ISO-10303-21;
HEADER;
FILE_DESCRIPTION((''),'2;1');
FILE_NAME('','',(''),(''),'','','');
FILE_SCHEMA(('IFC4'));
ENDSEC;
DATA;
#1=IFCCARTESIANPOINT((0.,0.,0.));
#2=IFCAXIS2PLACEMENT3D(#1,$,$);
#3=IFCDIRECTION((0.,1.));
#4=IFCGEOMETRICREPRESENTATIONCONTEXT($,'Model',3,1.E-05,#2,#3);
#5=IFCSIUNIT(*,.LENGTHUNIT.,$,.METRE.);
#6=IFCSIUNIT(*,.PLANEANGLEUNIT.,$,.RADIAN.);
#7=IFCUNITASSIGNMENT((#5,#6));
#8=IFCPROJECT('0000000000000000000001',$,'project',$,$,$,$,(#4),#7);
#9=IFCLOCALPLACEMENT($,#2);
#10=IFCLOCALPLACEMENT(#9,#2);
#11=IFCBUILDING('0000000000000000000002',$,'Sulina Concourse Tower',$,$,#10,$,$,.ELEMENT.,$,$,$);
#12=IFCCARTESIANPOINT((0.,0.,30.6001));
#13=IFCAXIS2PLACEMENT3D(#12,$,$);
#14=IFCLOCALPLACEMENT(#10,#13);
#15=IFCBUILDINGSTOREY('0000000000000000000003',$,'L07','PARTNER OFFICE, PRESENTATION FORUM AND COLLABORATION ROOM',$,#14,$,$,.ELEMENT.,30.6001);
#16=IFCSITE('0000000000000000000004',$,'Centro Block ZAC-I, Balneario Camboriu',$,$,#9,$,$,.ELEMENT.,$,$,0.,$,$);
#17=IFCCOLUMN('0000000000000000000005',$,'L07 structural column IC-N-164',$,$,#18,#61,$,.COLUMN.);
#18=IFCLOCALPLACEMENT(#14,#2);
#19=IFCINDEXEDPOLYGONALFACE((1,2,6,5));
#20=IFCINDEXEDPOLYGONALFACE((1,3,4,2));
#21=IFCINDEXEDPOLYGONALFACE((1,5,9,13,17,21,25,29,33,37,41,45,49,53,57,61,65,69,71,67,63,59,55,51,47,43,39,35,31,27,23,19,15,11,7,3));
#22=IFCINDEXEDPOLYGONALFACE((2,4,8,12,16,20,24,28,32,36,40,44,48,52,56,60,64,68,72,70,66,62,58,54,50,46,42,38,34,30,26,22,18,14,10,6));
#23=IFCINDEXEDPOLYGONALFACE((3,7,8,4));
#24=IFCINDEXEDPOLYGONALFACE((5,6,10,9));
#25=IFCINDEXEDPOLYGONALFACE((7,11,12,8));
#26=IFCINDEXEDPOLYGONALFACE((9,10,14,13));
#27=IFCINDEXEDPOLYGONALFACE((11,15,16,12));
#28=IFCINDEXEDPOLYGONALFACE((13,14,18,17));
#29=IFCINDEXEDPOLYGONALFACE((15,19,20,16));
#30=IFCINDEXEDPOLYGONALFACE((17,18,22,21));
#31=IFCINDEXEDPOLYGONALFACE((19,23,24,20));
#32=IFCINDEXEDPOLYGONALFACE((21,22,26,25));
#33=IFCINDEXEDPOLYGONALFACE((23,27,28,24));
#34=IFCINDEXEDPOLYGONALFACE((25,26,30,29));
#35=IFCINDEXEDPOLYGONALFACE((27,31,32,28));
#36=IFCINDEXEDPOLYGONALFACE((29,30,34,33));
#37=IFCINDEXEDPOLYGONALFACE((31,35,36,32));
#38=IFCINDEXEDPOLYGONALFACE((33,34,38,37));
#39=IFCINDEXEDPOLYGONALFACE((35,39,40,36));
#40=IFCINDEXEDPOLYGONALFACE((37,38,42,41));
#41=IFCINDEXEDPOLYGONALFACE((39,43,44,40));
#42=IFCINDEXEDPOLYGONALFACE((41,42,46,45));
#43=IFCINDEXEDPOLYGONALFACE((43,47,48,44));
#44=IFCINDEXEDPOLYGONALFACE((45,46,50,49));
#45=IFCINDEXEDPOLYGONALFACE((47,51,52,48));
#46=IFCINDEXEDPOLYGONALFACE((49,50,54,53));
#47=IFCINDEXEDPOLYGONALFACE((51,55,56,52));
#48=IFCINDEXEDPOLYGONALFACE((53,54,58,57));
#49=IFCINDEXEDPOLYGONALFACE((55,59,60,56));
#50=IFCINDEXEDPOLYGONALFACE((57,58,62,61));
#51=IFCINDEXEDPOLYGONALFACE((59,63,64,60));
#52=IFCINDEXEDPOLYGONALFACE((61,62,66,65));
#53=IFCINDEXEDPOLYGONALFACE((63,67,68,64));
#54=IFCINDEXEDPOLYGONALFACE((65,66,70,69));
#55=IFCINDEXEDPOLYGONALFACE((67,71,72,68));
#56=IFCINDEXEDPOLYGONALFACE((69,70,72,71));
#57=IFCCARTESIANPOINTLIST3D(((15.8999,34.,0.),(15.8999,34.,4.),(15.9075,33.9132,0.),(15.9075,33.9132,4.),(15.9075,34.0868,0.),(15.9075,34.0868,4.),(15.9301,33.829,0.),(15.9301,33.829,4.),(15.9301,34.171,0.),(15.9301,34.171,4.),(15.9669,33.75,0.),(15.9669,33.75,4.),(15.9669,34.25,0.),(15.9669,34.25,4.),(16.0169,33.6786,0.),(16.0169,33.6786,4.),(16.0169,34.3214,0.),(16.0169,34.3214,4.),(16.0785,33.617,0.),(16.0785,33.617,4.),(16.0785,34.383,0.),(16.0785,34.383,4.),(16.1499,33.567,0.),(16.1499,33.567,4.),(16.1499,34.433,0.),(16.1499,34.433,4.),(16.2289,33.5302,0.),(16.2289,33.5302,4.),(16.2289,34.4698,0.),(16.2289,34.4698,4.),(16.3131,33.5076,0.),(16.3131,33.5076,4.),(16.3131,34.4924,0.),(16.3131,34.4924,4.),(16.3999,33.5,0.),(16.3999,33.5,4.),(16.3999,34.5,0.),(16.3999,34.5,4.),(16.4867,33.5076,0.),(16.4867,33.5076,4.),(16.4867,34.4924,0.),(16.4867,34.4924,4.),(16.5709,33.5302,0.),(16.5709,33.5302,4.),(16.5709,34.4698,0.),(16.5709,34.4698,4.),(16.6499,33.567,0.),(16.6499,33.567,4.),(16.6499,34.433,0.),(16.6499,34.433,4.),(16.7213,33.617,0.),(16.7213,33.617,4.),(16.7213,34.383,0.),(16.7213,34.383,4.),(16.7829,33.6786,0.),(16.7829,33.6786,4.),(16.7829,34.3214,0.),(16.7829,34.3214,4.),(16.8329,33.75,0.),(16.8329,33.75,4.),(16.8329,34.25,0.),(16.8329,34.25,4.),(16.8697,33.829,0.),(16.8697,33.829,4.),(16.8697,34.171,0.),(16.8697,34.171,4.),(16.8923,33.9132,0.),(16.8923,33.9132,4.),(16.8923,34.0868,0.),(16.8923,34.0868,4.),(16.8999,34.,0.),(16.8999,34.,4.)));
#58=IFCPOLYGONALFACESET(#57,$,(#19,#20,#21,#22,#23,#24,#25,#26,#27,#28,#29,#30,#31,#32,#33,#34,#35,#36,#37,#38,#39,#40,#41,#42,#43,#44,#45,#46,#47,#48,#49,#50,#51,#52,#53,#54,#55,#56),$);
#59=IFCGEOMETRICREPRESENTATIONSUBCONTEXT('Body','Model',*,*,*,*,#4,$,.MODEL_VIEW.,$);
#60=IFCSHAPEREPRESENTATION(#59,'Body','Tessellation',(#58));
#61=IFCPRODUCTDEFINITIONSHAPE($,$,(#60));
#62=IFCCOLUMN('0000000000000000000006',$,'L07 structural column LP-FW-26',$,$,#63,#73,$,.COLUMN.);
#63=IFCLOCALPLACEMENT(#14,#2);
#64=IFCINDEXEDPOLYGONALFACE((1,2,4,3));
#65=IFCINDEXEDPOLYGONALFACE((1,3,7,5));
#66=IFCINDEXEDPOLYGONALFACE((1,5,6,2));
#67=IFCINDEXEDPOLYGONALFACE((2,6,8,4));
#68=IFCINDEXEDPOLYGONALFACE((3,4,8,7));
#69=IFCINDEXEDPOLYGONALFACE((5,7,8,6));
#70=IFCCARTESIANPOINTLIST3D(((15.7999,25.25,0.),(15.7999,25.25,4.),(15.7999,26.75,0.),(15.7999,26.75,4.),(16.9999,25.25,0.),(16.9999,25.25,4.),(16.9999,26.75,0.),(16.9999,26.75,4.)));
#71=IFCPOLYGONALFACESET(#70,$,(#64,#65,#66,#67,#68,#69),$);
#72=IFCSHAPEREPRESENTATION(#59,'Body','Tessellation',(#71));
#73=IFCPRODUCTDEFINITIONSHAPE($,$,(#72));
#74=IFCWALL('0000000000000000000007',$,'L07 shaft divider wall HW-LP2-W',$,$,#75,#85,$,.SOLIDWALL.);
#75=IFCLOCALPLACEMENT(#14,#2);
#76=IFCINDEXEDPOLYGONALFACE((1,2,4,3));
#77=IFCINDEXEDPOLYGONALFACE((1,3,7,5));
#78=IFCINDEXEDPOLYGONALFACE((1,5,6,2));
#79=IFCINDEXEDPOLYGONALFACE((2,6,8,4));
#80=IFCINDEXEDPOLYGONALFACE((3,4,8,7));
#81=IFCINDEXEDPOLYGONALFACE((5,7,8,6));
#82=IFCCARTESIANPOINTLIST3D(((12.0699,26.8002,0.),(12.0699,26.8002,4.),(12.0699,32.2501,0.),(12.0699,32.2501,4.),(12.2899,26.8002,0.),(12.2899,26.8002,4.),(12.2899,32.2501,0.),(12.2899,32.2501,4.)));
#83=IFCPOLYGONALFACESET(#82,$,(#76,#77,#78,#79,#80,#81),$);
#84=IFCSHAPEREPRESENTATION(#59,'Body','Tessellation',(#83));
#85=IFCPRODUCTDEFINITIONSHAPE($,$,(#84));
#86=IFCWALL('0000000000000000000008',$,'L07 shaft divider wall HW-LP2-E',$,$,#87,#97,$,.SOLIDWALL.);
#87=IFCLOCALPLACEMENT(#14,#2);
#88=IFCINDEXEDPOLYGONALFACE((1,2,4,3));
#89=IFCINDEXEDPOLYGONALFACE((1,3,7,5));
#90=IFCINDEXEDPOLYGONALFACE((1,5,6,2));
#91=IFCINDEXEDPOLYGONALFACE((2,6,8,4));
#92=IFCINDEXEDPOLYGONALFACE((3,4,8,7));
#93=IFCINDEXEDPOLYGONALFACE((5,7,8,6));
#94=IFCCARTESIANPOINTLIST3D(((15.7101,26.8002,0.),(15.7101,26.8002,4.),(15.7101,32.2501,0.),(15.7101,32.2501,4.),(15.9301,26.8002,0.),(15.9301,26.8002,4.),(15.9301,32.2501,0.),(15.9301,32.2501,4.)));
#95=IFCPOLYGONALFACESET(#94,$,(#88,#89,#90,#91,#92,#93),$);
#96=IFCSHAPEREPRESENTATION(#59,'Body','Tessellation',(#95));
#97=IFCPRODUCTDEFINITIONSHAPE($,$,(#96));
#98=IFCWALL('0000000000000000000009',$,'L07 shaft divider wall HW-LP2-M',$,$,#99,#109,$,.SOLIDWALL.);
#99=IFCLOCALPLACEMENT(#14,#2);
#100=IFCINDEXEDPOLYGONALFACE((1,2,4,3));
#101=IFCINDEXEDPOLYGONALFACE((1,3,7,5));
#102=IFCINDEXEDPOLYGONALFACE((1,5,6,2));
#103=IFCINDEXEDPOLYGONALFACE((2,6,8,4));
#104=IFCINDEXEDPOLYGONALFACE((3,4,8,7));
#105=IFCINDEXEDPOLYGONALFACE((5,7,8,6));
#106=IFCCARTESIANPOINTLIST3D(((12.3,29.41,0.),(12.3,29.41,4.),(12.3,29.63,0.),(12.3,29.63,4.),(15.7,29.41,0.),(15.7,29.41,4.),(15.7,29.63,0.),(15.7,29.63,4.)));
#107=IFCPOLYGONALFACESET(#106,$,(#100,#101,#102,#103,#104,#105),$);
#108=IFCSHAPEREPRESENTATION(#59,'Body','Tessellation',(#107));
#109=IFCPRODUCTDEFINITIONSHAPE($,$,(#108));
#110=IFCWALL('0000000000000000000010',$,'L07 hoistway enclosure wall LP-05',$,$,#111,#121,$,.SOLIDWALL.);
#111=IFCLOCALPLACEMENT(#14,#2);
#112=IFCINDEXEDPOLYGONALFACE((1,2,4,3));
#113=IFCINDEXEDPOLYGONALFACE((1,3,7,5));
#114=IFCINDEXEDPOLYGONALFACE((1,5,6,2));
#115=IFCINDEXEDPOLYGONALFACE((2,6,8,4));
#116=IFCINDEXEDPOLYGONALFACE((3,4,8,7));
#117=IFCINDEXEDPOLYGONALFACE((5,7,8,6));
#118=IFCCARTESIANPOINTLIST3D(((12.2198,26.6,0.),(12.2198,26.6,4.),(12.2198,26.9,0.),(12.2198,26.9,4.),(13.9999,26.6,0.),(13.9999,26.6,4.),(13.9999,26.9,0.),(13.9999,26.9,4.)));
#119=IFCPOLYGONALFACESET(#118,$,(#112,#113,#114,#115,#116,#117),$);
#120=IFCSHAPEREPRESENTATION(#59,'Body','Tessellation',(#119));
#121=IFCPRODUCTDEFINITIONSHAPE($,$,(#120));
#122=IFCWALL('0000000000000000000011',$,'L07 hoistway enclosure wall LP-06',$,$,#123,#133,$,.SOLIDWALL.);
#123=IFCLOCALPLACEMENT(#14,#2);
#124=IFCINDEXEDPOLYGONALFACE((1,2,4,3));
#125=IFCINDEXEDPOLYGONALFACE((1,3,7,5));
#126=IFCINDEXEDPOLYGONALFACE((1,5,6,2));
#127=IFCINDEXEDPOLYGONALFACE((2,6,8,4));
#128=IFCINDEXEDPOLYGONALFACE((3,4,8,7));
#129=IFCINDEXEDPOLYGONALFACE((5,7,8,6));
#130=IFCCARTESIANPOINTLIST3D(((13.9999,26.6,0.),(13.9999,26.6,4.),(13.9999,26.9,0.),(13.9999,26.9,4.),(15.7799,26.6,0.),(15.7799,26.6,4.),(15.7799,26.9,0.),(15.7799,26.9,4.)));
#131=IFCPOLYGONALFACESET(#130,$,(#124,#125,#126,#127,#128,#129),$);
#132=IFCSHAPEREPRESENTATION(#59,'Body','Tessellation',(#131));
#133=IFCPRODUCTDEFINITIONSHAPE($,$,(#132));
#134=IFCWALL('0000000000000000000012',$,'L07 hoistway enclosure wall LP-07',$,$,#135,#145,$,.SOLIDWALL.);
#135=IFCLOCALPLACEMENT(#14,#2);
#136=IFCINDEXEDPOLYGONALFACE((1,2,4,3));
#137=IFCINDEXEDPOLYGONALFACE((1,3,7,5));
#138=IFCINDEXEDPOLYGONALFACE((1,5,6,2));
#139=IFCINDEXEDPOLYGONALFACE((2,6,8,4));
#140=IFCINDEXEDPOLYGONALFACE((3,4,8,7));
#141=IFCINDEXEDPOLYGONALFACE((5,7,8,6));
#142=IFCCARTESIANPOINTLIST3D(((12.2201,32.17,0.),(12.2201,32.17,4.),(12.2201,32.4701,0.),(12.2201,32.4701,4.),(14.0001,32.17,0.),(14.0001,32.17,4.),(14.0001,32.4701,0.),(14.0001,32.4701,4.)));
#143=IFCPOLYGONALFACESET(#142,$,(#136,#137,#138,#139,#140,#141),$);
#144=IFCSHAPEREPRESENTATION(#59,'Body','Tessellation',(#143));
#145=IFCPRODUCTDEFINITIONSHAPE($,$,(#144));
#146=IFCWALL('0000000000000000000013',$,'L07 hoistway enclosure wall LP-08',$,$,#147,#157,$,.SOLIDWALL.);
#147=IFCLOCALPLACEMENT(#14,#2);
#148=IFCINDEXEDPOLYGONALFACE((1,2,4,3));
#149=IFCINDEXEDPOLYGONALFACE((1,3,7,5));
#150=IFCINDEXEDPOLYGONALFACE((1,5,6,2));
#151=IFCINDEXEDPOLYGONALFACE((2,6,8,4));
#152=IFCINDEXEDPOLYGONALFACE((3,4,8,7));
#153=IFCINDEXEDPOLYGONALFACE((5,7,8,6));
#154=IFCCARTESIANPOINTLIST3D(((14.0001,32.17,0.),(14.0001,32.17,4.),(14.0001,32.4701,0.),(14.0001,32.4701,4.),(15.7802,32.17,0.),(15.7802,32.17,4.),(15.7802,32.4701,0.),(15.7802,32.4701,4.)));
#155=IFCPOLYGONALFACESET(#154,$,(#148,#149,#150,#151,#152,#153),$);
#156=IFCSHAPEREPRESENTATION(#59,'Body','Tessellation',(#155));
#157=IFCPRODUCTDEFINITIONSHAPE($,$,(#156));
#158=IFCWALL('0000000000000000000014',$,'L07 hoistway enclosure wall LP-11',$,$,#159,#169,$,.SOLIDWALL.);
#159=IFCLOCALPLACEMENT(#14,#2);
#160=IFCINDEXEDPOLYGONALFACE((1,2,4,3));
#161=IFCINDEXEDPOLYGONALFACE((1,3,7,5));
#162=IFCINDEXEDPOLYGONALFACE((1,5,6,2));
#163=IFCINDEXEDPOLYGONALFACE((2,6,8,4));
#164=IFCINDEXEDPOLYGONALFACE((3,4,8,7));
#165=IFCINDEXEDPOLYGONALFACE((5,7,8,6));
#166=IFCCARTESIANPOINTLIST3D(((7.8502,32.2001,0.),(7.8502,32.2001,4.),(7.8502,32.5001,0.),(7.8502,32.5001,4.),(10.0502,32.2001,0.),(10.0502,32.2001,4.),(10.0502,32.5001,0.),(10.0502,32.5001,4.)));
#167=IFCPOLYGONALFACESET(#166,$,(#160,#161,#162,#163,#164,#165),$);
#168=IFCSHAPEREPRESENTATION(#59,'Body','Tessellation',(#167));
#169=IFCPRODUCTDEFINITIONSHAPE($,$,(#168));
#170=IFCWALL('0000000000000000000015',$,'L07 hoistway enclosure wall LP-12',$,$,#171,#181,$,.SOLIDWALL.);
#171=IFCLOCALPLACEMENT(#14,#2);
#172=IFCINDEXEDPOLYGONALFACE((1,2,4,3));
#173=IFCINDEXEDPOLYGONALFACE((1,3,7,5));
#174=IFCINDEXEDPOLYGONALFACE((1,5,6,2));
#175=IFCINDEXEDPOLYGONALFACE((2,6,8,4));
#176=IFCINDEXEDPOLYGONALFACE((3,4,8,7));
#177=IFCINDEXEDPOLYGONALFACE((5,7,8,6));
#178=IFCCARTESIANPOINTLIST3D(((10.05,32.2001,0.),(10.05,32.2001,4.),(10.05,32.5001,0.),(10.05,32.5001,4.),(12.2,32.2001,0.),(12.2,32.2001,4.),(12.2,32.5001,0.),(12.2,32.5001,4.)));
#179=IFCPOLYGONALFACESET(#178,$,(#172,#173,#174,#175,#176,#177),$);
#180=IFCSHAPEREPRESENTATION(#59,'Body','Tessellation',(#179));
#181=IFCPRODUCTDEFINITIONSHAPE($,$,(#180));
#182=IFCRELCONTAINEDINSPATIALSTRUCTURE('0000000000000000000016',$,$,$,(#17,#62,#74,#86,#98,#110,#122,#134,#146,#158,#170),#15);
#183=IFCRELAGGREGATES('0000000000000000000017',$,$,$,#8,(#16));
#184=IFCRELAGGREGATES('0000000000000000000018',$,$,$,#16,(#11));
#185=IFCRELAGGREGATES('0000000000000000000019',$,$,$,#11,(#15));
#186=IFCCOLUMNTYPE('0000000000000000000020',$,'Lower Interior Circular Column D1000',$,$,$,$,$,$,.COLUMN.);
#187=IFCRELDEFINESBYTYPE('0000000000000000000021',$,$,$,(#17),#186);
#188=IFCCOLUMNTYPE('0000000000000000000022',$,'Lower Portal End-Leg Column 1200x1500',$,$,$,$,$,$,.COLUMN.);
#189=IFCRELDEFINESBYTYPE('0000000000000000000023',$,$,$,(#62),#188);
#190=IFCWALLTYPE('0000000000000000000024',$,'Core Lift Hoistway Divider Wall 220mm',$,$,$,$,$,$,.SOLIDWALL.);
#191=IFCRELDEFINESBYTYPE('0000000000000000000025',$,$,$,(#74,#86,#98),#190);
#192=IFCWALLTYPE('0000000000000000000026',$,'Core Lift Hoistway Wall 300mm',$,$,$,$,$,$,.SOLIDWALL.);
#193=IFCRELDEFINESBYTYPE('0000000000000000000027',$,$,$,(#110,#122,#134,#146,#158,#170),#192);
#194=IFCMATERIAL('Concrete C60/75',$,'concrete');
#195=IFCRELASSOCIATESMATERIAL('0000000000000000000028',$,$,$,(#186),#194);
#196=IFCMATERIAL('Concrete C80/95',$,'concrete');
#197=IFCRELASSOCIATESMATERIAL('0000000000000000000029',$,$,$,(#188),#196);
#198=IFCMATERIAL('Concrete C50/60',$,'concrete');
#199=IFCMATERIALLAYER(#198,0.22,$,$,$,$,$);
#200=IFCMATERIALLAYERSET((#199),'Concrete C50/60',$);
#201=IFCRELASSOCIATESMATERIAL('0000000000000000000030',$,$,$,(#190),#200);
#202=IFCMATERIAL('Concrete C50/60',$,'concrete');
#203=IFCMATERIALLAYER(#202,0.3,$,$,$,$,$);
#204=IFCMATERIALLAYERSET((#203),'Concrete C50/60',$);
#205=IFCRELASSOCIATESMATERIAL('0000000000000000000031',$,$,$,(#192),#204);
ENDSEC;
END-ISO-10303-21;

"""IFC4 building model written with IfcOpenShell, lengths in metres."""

from ifc_helpers import new_model, si_unit, direction, frame, frame_2d, origin, origin_2d, place, context, subcontext, project, spatial, rectangle, circle, extrude, material, layer, layer_set, material_profile, profile_set, type_object, element, save


model = new_model("IFC4")

# Units and contexts
model_context = context("Model", 3, precision=1e-05, world=origin(), true_north=direction((0.0, 1.0)))
body_context = subcontext(model_context, "Body", "Model", "MODEL_VIEW")
ifc_project = project(units=[si_unit("LENGTHUNIT", "METRE"), si_unit("PLANEANGLEUNIT", "RADIAN")], contexts=[model_context])

# Site, building, storey
site_placement = place(None, origin())
site = spatial("IfcSite", under=ifc_project, at=site_placement, Name="Centro Block ZAC-I, Balneario Camboriu", CompositionType="ELEMENT", RefElevation=0.0)
building_placement = place(site_placement, origin())
building = spatial("IfcBuilding", under=site, at=building_placement, Name="Sulina Concourse Tower", CompositionType="ELEMENT")
storey_placement = place(building_placement, frame((0.0, 0.0, 30.6001)))
storey = spatial("IfcBuildingStorey", under=building, at=storey_placement, Name="L07", Description="PARTNER OFFICE, PRESENTATION FORUM AND COLLABORATION ROOM", CompositionType="ELEMENT", Elevation=30.6001)

# Columns
ifc_material_1 = material(Name="Concrete C60/75", Category="concrete")
ifc_material_profile_1 = material_profile(ifc_material_1, circle(Radius=0.5, at=origin_2d()), Name="RC D1000")
ifc_profile_set_1 = profile_set([ifc_material_profile_1], Name="Concrete C60/75")
column_type_1 = type_object("IfcColumnType", Name="Lower Interior Circular Column D1000", PredefinedType="COLUMN", material=ifc_profile_set_1)
column_1_placement = place(storey_placement, frame((16.3999, 34.0, 0.0), z_axis=(0.0, 0.0, 1.0), x_axis=(1.0, 0.0, 0.0)))
element("IfcColumn", 1, at=column_1_placement, inside=storey, type_object=column_type_1, Name="L07 structural column IC-N-164", PredefinedType="COLUMN", context=body_context, shape_type="SweptSolid", body=[
    extrude(circle(Radius=0.5, at=origin_2d()), origin(), (0.0, 0.0, 1.0), 4.0),
])
ifc_material_2 = material(Name="Concrete C80/95", Category="concrete")
ifc_material_profile_2 = material_profile(ifc_material_2, rectangle(XDim=1.2, YDim=1.5, at=origin_2d()), Name="RC 1200x1500")
ifc_profile_set_2 = profile_set([ifc_material_profile_2], Name="Concrete C80/95")
column_type_2 = type_object("IfcColumnType", Name="Lower Portal End-Leg Column 1200x1500", PredefinedType="COLUMN", material=ifc_profile_set_2)
column_2_placement = place(storey_placement, frame((16.3999, 26.0, 0.0), z_axis=(0.0, 0.0, 1.0), x_axis=(1.0, 0.0, 0.0)))
element("IfcColumn", 2, at=column_2_placement, inside=storey, type_object=column_type_2, Name="L07 structural column LP-FW-26", PredefinedType="COLUMN", context=body_context, shape_type="SweptSolid", body=[
    extrude(rectangle(XDim=1.2, YDim=1.5, at=origin_2d()), origin(), (0.0, 0.0, 1.0), 4.0),
])

# Walls
ifc_material_3 = material(Name="Concrete C50/60", Category="concrete")
ifc_layer_1 = layer(ifc_material_3, 0.22)
ifc_layer_set_1 = layer_set([ifc_layer_1], Name="Concrete C50/60")
wall_type_1 = type_object("IfcWallType", Name="Core Lift Hoistway Divider Wall 220mm", PredefinedType="SOLIDWALL", material=ifc_layer_set_1)
for number, where, z_axis, x_axis, name in (
    (3, (12.1799, 26.8, 0.0), (0.0, 0.0, 1.0), (0.0, 1.0, 0.0), "L07 shaft divider wall HW-LP2-W"),
    (4, (15.8201, 26.8, 0.0), (0.0, 0.0, 1.0), (0.0, 1.0, 0.0), "L07 shaft divider wall HW-LP2-E"),
):
    element("IfcWall", number, at=place(storey_placement, frame(where, z_axis=z_axis, x_axis=x_axis)), inside=storey, type_object=wall_type_1, Name=name, PredefinedType="SOLIDWALL", context=body_context, shape_type="SweptSolid", body=[
        extrude(rectangle(XDim=5.45, YDim=0.22, at=frame_2d((2.7251, 0.0))), origin(), (0.0, 0.0, 1.0), 4.0),
    ])
wall_1_placement = place(storey_placement, frame((12.3, 29.52, 0.0), z_axis=(0.0, 0.0, 1.0), x_axis=(1.0, 0.0, 0.0)))
element("IfcWall", 5, at=wall_1_placement, inside=storey, type_object=wall_type_1, Name="L07 shaft divider wall HW-LP2-M", PredefinedType="SOLIDWALL", context=body_context, shape_type="SweptSolid", body=[
    extrude(rectangle(XDim=3.3999, YDim=0.22, at=frame_2d((1.7, 0.0))), origin(), (0.0, 0.0, 1.0), 4.0),
])
ifc_material_4 = material(Name="Concrete C50/60", Category="concrete")
ifc_layer_2 = layer(ifc_material_4, 0.3)
ifc_layer_set_2 = layer_set([ifc_layer_2], Name="Concrete C50/60")
wall_type_2 = type_object("IfcWallType", Name="Core Lift Hoistway Wall 300mm", PredefinedType="SOLIDWALL", material=ifc_layer_set_2)
for number, where, z_axis, x_axis, name in (
    (6, (14.0, 26.75, 0.0), (0.0, 0.0, 1.0), (-1.0, 0.0, 0.0), "L07 hoistway enclosure wall LP-05"),
    (7, (15.78, 26.75, 0.0), (0.0, 0.0, 1.0), (-1.0, 0.0, 0.0), "L07 hoistway enclosure wall LP-06"),
    (8, (12.22, 32.3201, 0.0), (0.0, 0.0, 1.0), (1.0, 0.0, 0.0), "L07 hoistway enclosure wall LP-07"),
    (9, (14.0, 32.3201, 0.0), (0.0, 0.0, 1.0), (1.0, 0.0, 0.0), "L07 hoistway enclosure wall LP-08"),
):
    element("IfcWall", number, at=place(storey_placement, frame(where, z_axis=z_axis, x_axis=x_axis)), inside=storey, type_object=wall_type_2, Name=name, PredefinedType="SOLIDWALL", context=body_context, shape_type="SweptSolid", body=[
        extrude(rectangle(XDim=1.78, YDim=0.3, at=frame_2d((0.8901, 0.0))), origin(), (0.0, 0.0, 1.0), 4.0),
    ])
wall_2_placement = place(storey_placement, frame((7.8501, 32.3501, 0.0), z_axis=(0.0, 0.0, 1.0), x_axis=(1.0, 0.0, 0.0)))
element("IfcWall", 10, at=wall_2_placement, inside=storey, type_object=wall_type_2, Name="L07 hoistway enclosure wall LP-11", PredefinedType="SOLIDWALL", context=body_context, shape_type="SweptSolid", body=[
    extrude(rectangle(XDim=2.2, YDim=0.3, at=frame_2d((1.1001, 0.0))), origin(), (0.0, 0.0, 1.0), 4.0),
])
wall_3_placement = place(storey_placement, frame((10.05, 32.3501, 0.0), z_axis=(0.0, 0.0, 1.0), x_axis=(1.0, 0.0, 0.0)))
element("IfcWall", 11, at=wall_3_placement, inside=storey, type_object=wall_type_2, Name="L07 hoistway enclosure wall LP-12", PredefinedType="SOLIDWALL", context=body_context, shape_type="SweptSolid", body=[
    extrude(rectangle(XDim=2.1499, YDim=0.3, at=frame_2d((1.075, 0.0))), origin(), (0.0, 0.0, 1.0), 4.0),
])

save(model, "model.ifc")
